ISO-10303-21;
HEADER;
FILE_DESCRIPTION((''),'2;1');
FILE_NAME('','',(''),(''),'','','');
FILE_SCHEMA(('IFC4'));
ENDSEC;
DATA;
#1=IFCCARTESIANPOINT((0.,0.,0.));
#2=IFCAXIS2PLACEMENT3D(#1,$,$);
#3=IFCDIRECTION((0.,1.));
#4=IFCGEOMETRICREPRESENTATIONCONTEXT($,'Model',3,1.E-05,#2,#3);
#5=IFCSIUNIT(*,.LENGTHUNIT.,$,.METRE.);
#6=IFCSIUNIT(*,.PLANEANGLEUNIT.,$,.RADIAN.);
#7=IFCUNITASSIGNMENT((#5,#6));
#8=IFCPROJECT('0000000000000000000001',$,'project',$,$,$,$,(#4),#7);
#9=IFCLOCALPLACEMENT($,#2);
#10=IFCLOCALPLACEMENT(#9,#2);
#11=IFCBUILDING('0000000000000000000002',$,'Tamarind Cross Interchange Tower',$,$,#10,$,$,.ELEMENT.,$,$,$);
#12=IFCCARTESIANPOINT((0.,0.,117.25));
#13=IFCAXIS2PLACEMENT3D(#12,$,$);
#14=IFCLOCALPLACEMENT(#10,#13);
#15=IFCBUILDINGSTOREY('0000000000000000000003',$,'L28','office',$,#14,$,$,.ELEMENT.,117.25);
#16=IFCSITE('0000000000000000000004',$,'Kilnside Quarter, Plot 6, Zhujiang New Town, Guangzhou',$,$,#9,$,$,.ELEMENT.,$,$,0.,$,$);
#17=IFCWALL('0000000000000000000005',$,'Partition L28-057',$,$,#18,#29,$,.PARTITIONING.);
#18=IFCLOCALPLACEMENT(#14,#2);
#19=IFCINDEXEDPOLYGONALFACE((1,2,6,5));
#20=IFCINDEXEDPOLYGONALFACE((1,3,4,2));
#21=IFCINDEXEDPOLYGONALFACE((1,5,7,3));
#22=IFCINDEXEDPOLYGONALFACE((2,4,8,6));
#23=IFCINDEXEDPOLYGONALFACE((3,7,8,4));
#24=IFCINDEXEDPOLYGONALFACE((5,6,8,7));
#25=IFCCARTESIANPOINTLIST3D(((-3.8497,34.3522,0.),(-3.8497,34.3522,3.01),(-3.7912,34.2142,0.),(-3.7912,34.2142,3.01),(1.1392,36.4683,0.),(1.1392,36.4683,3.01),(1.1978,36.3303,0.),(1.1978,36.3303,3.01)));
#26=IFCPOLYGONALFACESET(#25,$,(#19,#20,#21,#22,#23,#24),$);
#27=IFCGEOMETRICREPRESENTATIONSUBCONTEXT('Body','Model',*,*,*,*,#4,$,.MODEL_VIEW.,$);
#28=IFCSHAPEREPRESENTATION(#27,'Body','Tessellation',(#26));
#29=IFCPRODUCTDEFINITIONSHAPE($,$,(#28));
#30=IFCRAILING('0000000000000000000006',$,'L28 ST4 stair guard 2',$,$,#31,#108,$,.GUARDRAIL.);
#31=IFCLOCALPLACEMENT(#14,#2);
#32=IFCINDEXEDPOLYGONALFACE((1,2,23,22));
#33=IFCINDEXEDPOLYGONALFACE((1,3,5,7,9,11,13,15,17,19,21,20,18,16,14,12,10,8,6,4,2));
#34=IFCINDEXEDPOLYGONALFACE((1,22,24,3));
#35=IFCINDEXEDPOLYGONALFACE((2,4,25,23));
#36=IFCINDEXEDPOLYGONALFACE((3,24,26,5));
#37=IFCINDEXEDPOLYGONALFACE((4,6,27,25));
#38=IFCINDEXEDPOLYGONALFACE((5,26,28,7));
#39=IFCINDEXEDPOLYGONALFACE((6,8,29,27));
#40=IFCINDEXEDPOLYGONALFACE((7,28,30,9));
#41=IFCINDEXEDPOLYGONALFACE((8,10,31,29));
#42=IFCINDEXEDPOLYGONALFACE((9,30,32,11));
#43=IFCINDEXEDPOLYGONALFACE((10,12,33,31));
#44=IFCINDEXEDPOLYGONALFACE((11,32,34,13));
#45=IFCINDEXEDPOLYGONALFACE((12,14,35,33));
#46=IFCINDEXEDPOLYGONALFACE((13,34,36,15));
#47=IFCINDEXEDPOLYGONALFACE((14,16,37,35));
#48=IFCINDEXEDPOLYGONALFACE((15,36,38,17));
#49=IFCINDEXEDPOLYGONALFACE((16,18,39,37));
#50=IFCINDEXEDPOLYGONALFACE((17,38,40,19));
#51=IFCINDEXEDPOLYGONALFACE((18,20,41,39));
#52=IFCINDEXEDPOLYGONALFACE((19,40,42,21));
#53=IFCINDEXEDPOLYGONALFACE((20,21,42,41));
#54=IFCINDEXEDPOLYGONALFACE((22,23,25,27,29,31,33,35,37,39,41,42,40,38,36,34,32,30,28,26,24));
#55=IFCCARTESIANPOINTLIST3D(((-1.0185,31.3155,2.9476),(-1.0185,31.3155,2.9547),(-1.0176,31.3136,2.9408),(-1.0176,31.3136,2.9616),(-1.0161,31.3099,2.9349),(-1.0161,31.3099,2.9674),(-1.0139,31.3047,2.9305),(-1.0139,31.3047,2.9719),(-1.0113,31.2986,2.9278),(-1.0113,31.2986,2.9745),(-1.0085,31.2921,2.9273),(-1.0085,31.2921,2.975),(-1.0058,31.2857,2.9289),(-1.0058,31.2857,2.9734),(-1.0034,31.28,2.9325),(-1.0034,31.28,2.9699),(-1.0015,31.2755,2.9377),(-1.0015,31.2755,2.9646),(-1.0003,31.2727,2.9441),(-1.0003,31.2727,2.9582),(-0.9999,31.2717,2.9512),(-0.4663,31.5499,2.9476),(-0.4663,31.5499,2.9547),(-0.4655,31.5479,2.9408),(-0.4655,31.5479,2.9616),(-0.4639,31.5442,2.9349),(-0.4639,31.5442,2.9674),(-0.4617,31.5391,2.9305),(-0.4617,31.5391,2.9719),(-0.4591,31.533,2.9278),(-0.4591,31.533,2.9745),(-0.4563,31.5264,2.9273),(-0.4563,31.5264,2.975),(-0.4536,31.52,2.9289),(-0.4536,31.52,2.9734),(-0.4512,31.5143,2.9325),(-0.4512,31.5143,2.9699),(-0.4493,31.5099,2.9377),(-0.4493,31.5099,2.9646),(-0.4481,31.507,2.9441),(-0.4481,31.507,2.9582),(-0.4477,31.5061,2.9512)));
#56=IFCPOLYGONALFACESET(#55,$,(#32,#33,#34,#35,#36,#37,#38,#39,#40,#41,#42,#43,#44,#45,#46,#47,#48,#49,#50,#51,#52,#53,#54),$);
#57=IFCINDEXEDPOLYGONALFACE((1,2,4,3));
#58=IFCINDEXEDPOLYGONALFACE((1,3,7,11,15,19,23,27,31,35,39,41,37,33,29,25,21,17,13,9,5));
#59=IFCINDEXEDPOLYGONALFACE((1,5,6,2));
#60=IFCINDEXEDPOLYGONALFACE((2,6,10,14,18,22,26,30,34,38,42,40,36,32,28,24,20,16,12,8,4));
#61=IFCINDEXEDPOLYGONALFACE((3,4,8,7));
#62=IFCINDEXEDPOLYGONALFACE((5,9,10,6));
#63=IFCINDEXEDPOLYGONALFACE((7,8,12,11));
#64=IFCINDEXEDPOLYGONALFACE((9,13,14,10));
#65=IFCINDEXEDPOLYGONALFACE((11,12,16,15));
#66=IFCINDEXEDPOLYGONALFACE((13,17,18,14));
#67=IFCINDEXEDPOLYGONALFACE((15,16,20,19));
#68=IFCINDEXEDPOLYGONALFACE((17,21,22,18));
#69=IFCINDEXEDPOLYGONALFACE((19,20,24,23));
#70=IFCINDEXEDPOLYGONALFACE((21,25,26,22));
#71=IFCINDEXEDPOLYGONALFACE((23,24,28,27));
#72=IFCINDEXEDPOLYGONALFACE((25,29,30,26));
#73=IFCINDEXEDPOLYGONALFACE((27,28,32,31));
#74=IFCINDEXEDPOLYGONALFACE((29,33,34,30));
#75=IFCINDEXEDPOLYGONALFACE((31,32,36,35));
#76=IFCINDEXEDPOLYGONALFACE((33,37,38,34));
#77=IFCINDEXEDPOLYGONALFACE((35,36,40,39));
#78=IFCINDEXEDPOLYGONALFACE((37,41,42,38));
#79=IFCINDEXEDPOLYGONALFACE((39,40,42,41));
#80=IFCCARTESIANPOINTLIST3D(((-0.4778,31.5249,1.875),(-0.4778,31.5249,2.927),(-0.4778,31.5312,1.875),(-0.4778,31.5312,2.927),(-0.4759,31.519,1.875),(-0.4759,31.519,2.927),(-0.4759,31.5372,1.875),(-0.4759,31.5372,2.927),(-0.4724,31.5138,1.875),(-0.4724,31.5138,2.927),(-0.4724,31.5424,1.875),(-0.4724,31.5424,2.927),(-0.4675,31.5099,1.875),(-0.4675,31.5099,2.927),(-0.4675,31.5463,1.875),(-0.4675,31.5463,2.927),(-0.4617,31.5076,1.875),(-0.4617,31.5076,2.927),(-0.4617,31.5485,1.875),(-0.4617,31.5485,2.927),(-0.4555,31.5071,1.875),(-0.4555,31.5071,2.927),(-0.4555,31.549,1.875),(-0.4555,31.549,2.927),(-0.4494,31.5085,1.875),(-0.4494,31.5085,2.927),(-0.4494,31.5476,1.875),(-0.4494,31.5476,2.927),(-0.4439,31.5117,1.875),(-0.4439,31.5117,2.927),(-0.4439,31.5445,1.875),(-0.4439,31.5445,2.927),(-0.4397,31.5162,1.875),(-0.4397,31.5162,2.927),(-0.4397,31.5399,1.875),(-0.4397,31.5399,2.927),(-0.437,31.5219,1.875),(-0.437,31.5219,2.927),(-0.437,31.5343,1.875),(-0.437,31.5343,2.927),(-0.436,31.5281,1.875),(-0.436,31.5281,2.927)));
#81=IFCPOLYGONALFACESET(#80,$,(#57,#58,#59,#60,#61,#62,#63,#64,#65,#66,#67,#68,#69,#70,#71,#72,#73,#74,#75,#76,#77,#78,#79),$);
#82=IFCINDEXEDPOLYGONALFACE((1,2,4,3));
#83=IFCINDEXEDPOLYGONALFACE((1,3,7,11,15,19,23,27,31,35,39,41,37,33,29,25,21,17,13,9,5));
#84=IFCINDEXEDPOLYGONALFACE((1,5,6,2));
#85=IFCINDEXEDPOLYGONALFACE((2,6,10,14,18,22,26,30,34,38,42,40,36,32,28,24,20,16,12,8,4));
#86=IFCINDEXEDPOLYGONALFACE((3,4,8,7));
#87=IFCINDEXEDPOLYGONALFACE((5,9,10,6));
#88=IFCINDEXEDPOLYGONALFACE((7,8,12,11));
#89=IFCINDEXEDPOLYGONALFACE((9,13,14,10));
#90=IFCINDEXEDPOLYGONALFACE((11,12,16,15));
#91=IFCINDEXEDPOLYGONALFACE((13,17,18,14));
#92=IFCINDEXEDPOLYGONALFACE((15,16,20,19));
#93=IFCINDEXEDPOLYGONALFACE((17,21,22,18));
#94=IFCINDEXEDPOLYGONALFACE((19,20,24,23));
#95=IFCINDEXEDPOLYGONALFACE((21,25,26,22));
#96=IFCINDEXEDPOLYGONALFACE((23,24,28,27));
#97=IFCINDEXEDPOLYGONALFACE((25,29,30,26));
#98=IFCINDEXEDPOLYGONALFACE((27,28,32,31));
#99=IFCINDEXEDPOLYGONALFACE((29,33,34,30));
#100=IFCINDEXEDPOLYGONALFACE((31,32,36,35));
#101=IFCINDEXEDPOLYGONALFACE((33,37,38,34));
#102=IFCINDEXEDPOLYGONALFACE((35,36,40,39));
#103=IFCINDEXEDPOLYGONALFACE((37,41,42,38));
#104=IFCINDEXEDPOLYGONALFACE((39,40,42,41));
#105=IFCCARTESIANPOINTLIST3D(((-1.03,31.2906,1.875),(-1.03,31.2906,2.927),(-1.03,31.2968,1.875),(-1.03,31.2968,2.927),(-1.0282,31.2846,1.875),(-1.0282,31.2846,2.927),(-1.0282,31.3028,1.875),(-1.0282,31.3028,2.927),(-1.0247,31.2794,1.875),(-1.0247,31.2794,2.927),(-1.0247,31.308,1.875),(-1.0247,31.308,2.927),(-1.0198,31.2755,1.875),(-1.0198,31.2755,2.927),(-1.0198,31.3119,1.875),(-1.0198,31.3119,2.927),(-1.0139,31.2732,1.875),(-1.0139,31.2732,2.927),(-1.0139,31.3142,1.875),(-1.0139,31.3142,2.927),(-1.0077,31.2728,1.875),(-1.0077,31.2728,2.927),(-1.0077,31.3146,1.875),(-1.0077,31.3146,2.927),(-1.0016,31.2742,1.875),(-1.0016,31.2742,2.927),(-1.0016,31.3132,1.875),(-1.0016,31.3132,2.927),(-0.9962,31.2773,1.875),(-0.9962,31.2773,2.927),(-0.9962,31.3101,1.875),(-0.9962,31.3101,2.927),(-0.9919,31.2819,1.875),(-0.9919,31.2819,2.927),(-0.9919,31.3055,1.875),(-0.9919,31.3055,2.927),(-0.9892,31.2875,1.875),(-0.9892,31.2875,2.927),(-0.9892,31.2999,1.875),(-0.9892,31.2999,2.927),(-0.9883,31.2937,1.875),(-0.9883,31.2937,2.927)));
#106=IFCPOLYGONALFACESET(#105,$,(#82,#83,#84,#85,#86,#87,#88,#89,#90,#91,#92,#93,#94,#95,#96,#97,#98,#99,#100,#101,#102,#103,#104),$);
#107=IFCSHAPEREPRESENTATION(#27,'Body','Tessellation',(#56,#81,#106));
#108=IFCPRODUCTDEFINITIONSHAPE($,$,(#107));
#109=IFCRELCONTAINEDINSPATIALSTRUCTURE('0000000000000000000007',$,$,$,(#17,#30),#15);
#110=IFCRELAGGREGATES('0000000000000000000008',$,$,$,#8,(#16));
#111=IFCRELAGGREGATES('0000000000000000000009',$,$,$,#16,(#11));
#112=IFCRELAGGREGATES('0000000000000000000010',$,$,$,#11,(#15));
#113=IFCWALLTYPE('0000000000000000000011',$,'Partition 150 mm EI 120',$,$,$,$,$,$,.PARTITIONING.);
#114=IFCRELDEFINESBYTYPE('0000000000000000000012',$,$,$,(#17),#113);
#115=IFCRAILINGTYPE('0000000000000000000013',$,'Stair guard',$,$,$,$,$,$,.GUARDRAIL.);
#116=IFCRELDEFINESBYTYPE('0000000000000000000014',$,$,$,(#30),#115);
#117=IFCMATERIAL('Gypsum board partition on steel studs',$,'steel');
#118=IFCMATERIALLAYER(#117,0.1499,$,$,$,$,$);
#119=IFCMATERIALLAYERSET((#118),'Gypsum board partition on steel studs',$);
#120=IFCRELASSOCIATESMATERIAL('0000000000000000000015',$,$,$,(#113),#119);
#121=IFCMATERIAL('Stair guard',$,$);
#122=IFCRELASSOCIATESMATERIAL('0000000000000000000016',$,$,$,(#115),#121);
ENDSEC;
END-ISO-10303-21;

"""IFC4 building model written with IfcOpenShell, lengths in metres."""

from ifc_helpers import new_model, si_unit, direction, frame, frame_2d, origin, origin_2d, place, context, subcontext, project, spatial, rectangle, circle, extrude, material, layer, layer_set, type_object, element, save


model = new_model("IFC4")

# Units and contexts
model_context = context("Model", 3, precision=1e-05, world=origin(), true_north=direction((0.0, 1.0)))
body_context = subcontext(model_context, "Body", "Model", "MODEL_VIEW")
ifc_project = project(units=[si_unit("LENGTHUNIT", "METRE"), si_unit("PLANEANGLEUNIT", "RADIAN")], contexts=[model_context])

# Site, building, storey
site_placement = place(None, origin())
site = spatial("IfcSite", under=ifc_project, at=site_placement, Name="Kilnside Quarter, Plot 6, Zhujiang New Town, Guangzhou", CompositionType="ELEMENT", RefElevation=0.0)
building_placement = place(site_placement, origin())
building = spatial("IfcBuilding", under=site, at=building_placement, Name="Tamarind Cross Interchange Tower", CompositionType="ELEMENT")
storey_placement = place(building_placement, frame((0.0, 0.0, 117.25)))
storey = spatial("IfcBuildingStorey", under=building, at=storey_placement, Name="L28", Description="office", CompositionType="ELEMENT", Elevation=117.25)

# Shared definitions
ifc_material_1 = material(Name="Gypsum board partition on steel studs", Category="steel")

# Shared definitions
ifc_layer_1 = layer(ifc_material_1, 0.1499)
ifc_layer_set_1 = layer_set([ifc_layer_1], Name="Gypsum board partition on steel studs")
wall_type_1 = type_object("IfcWallType", Name="Partition 150 mm EI 120", PredefinedType="PARTITIONING", material=ifc_layer_set_1)

# Wall
wall_1_placement = place(storey_placement, frame((-3.8203, 34.2832, 0.0), z_axis=(0.0, 0.0, 1.0), x_axis=(0.920604, 0.390497, 0.0)))
element("IfcWall", 1, at=wall_1_placement, inside=storey, type_object=wall_type_1, Name="Partition L28-057", PredefinedType="PARTITIONING", context=body_context, shape_type="SweptSolid", body=[
    extrude(rectangle(XDim=5.4192, YDim=0.1499, at=frame_2d((2.7095, 0.0))), origin(), (0.0, 0.0, 1.0), 3.01),
])

# Railing
ifc_material_2 = material(Name="Stair guard")
railing_type_1 = type_object("IfcRailingType", Name="Stair guard", PredefinedType="GUARDRAIL", material=ifc_material_2)
railing_1_placement = place(storey_placement, frame((-0.457, 31.5281, 1.875)))
element("IfcRailing", 2, at=railing_1_placement, inside=storey, type_object=railing_type_1, Name="L28 ST4 stair guard 2", PredefinedType="GUARDRAIL", context=body_context, shape_type="SweptSolid", body=[
    extrude(circle(Radius=0.0239, at=origin_2d()), frame((0.0, 0.0, 1.0762), z_axis=(-0.920529, -0.390675, 0.0), x_axis=(0.390675, -0.920529, 0.0)), (0.0, 0.0, 1.0), 0.5999),
    extrude(circle(Radius=0.021, at=origin_2d()), origin(), (0.0, 0.0, 1.0), 1.052),
    extrude(circle(Radius=0.021, at=origin_2d()), frame((-0.5522, -0.2344, 0.0)), (0.0, 0.0, 1.0), 1.052),
])

save(model, "model.ifc")
